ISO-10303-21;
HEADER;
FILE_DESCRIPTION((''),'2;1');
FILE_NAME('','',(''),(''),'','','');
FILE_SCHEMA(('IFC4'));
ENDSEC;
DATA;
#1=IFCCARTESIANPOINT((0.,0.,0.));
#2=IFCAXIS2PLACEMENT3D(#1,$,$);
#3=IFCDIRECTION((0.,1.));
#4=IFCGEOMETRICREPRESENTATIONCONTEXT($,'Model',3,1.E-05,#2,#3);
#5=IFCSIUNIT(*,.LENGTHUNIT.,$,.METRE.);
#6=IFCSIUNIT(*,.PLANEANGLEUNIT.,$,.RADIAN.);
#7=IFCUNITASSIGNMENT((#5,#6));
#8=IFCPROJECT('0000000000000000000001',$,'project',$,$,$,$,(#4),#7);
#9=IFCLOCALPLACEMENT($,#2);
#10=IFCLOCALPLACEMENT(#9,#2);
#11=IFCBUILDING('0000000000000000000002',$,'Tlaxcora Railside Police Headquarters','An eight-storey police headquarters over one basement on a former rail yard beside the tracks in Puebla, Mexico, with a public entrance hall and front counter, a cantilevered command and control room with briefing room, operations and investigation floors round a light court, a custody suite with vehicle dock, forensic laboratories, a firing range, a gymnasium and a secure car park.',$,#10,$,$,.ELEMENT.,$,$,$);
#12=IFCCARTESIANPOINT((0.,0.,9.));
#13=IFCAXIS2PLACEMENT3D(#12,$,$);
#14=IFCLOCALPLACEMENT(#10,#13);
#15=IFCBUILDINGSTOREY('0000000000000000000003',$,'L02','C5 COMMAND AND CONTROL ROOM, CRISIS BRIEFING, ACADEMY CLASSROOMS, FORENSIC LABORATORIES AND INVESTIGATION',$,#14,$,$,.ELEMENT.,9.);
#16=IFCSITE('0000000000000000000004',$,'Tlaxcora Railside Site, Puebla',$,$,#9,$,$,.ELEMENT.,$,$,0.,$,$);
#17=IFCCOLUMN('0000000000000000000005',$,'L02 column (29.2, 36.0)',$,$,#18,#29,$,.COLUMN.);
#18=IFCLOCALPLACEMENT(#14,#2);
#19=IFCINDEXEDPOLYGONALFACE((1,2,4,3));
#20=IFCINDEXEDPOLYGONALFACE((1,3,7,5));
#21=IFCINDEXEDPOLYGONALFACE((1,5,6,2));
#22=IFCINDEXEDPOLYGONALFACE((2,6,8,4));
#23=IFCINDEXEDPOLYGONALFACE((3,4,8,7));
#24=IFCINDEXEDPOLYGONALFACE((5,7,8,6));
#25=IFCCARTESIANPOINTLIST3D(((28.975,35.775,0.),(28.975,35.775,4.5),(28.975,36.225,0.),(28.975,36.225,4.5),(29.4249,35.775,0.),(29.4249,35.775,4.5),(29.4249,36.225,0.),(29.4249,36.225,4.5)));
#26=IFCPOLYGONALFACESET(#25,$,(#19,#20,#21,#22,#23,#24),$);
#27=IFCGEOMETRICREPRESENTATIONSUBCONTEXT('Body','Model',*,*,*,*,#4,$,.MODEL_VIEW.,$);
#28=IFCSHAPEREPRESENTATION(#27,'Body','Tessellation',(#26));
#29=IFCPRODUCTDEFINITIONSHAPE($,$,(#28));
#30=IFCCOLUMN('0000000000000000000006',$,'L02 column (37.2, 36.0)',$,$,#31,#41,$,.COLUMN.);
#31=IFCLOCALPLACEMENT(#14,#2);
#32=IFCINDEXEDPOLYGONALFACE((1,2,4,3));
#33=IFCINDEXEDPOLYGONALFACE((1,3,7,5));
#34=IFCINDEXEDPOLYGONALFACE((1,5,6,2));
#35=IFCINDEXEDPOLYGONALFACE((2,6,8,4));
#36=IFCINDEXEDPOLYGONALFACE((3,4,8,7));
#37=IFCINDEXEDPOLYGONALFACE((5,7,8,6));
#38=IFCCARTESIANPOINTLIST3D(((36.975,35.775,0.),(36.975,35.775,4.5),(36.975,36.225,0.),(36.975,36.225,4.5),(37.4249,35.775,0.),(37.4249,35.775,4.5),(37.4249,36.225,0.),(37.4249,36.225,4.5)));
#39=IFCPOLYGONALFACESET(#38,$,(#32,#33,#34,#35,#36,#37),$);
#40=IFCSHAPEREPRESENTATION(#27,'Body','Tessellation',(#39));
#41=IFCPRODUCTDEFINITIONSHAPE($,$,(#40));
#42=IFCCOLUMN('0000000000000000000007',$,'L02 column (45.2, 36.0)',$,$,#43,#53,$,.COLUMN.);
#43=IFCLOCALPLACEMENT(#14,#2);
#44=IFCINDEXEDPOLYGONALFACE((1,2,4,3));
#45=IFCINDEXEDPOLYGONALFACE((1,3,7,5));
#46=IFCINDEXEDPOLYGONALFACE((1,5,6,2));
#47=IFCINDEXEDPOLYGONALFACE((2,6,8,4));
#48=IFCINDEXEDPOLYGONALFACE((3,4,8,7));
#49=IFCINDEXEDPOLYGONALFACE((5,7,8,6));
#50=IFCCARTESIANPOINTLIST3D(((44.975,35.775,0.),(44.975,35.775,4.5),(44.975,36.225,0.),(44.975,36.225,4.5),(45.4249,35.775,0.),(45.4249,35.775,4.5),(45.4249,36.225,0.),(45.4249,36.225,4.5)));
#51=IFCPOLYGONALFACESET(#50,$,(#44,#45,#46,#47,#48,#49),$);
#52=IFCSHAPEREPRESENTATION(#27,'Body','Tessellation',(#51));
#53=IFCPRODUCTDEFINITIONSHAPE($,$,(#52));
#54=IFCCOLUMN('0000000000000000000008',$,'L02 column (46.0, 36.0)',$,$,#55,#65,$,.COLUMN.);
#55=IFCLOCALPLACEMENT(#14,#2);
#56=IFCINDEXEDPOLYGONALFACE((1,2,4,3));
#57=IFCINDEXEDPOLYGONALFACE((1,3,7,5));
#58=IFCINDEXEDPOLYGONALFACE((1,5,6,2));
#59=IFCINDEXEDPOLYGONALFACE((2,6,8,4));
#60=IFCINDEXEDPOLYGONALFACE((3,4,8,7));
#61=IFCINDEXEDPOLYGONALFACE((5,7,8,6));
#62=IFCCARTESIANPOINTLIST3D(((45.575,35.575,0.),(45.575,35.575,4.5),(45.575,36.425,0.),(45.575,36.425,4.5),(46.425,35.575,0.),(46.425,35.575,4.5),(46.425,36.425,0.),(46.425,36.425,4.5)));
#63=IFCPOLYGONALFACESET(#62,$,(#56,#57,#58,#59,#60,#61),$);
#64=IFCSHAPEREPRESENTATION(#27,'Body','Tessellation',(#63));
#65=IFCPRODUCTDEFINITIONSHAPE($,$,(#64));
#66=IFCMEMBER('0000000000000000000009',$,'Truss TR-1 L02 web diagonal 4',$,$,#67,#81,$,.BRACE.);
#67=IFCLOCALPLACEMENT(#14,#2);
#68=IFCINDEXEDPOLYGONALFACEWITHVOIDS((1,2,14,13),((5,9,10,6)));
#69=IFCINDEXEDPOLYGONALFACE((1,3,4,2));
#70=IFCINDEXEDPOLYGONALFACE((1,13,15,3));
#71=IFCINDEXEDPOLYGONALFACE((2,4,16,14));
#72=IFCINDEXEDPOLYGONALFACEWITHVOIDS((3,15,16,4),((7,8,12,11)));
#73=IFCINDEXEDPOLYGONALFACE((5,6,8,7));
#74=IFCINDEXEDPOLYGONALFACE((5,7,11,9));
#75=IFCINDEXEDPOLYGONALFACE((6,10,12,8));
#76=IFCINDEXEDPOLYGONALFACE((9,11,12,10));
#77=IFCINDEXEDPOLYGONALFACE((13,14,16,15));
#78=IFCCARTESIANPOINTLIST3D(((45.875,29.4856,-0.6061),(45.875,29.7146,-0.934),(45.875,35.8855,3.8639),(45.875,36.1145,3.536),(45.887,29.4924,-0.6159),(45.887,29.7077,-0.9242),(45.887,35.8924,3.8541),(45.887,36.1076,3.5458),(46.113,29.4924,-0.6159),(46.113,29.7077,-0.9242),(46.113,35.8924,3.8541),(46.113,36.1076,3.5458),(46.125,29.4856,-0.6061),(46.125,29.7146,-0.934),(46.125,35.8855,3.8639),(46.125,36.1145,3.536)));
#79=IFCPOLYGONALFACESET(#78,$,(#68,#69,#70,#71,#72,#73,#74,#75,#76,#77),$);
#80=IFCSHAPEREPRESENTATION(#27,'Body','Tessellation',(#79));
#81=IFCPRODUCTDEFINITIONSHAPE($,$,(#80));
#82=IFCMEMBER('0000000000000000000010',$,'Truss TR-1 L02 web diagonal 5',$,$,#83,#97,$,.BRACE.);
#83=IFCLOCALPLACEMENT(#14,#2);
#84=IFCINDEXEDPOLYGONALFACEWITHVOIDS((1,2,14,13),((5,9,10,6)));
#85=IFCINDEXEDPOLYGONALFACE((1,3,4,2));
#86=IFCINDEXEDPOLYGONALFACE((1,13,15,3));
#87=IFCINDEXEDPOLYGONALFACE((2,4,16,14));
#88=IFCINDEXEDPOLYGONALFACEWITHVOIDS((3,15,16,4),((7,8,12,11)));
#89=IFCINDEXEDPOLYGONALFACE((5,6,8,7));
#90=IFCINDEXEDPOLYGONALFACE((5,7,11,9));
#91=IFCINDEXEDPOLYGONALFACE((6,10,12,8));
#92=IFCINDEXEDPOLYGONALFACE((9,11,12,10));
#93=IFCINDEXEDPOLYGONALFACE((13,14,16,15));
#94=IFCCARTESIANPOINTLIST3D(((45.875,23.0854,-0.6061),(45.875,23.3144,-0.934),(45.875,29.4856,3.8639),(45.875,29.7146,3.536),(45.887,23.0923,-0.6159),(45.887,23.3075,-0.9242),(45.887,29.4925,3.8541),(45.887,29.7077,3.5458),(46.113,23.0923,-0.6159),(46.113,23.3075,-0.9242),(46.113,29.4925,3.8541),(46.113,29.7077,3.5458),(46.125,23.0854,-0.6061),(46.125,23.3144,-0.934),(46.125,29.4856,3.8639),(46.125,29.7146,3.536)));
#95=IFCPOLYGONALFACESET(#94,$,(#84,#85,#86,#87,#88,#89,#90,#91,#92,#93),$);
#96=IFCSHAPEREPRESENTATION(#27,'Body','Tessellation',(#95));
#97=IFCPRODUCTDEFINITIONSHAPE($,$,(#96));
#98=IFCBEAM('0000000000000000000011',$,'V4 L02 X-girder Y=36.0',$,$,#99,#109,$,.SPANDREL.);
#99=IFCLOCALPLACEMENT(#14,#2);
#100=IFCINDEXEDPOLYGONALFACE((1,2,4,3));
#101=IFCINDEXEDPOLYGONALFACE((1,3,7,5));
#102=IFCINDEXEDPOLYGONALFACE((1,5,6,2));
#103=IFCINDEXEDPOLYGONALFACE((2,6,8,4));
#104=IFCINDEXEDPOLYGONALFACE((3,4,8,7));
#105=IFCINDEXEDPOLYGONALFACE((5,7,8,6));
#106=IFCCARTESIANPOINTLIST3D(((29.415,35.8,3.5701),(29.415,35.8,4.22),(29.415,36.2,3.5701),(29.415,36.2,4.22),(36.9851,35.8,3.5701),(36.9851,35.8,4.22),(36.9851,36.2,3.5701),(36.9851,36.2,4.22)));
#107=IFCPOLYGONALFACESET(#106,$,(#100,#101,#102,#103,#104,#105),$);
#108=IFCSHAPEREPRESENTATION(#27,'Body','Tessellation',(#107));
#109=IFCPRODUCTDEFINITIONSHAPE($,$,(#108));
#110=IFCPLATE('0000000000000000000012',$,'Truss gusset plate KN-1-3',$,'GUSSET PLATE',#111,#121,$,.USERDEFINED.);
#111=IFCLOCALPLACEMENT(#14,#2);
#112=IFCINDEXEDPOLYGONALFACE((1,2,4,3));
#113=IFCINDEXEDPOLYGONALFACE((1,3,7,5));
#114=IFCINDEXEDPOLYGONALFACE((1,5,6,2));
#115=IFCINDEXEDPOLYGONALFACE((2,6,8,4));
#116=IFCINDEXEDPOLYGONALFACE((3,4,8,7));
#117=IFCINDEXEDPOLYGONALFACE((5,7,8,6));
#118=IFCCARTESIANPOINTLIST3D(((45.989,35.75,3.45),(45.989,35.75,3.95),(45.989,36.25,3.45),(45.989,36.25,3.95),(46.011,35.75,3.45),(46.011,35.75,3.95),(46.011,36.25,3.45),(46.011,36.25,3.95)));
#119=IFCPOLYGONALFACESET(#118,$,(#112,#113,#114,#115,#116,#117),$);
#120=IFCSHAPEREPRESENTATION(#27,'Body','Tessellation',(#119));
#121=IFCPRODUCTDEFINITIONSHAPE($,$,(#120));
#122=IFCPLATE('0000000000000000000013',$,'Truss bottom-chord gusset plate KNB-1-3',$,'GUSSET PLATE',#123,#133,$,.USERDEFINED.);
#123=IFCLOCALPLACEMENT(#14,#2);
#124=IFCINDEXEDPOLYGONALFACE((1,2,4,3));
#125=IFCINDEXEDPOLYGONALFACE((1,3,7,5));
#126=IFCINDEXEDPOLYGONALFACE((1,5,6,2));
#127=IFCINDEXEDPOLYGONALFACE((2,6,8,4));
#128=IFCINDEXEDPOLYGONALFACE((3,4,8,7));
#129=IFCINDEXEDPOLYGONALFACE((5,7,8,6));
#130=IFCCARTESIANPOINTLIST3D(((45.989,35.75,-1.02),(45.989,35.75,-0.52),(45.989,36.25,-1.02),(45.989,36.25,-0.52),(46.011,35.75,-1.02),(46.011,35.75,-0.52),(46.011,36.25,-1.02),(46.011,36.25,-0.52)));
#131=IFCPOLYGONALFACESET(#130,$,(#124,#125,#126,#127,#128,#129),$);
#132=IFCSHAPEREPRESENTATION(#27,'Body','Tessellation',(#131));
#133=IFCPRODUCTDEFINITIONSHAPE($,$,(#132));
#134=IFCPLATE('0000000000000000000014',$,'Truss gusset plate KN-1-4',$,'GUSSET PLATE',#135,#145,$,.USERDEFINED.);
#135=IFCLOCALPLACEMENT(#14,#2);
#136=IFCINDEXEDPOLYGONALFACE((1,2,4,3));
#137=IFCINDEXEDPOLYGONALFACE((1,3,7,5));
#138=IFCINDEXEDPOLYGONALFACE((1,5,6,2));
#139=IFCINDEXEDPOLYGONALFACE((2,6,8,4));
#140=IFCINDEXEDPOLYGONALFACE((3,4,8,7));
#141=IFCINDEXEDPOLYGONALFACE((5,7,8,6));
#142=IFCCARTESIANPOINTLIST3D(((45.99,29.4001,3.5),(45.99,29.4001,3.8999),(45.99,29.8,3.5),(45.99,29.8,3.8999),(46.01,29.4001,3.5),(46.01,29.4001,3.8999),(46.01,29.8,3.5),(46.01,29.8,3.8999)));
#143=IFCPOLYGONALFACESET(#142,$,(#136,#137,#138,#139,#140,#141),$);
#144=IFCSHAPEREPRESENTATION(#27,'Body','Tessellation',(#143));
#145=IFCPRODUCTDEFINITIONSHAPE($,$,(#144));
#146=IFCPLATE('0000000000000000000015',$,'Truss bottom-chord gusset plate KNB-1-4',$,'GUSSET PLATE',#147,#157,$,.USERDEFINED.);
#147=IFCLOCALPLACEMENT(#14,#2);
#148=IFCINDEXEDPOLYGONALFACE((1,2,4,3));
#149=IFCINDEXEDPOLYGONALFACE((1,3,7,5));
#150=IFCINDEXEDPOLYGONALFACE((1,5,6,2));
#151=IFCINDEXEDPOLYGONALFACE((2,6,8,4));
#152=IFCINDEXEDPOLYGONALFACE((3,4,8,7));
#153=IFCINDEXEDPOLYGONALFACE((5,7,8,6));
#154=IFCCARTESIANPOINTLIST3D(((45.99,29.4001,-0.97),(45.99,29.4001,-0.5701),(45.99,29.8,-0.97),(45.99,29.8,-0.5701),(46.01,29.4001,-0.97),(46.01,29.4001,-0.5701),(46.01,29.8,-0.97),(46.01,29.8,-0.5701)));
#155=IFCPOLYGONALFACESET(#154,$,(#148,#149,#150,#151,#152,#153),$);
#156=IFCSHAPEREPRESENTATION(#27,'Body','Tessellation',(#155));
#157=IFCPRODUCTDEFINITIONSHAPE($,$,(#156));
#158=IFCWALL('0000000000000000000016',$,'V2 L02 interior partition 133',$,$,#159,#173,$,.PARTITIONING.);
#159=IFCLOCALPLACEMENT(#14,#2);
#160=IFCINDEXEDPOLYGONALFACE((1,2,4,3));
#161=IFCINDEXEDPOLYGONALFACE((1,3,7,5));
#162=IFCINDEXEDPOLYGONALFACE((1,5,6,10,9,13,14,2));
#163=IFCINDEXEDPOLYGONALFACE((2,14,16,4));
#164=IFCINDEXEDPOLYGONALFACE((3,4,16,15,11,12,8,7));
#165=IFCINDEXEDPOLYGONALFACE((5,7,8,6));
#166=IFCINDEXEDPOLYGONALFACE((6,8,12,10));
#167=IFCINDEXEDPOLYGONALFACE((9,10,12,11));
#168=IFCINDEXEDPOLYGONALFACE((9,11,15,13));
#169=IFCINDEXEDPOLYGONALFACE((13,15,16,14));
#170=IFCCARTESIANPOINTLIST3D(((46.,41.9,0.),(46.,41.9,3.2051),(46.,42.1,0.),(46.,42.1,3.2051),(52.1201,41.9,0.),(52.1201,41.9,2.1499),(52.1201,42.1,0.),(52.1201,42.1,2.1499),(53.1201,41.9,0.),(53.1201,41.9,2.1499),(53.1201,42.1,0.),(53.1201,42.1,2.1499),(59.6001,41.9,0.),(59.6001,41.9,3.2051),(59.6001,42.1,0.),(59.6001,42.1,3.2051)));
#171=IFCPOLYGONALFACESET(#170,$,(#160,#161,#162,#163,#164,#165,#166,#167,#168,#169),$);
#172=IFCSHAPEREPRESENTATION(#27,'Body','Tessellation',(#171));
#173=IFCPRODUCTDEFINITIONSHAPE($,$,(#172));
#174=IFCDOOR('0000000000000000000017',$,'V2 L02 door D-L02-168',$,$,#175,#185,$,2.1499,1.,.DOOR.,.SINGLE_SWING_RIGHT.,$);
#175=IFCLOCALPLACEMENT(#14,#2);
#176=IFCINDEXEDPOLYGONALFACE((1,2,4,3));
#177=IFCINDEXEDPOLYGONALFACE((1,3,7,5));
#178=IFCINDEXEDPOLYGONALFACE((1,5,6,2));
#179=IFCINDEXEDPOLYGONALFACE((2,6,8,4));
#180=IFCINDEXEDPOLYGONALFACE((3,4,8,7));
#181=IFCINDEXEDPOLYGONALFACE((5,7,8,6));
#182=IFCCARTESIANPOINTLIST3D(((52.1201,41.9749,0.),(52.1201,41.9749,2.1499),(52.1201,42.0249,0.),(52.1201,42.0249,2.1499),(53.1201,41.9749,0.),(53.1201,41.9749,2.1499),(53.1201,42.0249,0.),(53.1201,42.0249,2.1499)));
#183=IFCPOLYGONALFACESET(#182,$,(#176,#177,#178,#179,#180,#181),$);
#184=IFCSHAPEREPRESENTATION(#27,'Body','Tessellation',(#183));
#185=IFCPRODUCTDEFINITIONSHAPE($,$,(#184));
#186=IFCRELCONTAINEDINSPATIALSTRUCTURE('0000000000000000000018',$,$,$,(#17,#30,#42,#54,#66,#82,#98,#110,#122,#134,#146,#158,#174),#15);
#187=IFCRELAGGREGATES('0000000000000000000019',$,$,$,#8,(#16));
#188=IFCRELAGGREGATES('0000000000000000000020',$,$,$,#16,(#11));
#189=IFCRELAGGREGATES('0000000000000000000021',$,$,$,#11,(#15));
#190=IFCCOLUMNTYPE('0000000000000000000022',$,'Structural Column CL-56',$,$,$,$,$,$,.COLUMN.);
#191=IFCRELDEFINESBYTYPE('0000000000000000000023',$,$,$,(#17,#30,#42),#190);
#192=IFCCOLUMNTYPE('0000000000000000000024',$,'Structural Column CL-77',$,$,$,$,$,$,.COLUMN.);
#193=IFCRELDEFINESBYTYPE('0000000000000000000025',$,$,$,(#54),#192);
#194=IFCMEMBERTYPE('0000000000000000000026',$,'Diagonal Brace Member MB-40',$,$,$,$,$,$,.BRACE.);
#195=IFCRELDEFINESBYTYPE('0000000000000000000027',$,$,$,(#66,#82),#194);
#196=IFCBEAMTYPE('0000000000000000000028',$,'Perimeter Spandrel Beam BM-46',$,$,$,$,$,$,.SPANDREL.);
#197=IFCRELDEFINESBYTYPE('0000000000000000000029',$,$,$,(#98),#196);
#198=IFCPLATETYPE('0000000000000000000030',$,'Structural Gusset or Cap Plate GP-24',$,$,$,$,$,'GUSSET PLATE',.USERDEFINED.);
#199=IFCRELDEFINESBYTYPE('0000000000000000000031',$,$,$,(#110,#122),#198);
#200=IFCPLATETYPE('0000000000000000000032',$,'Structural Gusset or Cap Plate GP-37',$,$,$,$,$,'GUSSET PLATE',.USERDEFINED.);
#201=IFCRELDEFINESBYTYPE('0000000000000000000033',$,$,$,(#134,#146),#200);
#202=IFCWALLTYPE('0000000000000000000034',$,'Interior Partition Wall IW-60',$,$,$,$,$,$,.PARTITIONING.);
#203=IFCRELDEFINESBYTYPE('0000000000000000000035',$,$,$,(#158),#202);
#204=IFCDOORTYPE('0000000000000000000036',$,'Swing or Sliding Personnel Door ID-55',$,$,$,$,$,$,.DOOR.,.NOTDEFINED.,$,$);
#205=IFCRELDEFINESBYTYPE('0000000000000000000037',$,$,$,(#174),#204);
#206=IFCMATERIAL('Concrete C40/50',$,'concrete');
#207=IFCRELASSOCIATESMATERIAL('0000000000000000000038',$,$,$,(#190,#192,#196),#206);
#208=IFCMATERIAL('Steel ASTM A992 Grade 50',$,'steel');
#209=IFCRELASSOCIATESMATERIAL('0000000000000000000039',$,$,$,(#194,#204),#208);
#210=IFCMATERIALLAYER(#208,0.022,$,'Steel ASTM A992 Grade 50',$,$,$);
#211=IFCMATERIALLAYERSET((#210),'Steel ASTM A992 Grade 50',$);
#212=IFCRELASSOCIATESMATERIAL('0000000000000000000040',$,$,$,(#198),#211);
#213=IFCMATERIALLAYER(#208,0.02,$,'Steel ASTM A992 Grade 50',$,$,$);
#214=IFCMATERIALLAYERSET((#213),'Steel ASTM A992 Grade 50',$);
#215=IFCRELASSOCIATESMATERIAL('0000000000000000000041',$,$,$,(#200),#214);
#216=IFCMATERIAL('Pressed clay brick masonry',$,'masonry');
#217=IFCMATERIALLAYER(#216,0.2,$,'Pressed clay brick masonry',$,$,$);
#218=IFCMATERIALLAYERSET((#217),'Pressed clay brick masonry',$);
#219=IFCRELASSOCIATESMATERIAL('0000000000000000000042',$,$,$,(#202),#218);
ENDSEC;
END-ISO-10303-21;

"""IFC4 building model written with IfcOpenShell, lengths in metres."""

from ifc_helpers import new_model, si_unit, direction, frame, frame_2d, origin, origin_2d, place, context, subcontext, project, spatial, rectangle, hollow_rectangle, extrude, material, layer, layer_set, material_profile, profile_set, type_object, element, fill, save


model = new_model("IFC4")

# Units and contexts
model_context = context("Model", 3, precision=1e-05, world=origin(), true_north=direction((0.0, 1.0)))
body_context = subcontext(model_context, "Body", "Model", "MODEL_VIEW")
ifc_project = project(units=[si_unit("LENGTHUNIT", "METRE"), si_unit("PLANEANGLEUNIT", "RADIAN")], contexts=[model_context])

# Site, building, storey
site_placement = place(None, origin())
site = spatial("IfcSite", under=ifc_project, at=site_placement, Name="Tlaxcora Railside Site, Puebla", CompositionType="ELEMENT", RefElevation=0.0)
building_placement = place(site_placement, origin())
building = spatial("IfcBuilding", under=site, at=building_placement, Name="Tlaxcora Railside Police Headquarters", Description="An eight-storey police headquarters over one basement on a former rail yard beside the tracks in Puebla, Mexico, with a public entrance hall and front counter, a cantilevered command and control room with briefing room, operations and investigation floors round a light court, a custody suite with vehicle dock, forensic laboratories, a firing range, a gymnasium and a secure car park.", CompositionType="ELEMENT")
storey_placement = place(building_placement, frame((0.0, 0.0, 9.0)))
storey = spatial("IfcBuildingStorey", under=building, at=storey_placement, Name="L02", Description="C5 COMMAND AND CONTROL ROOM, CRISIS BRIEFING, ACADEMY CLASSROOMS, FORENSIC LABORATORIES AND INVESTIGATION", CompositionType="ELEMENT", Elevation=9.0)

# Columns
ifc_material_1 = material(Name="Concrete C40/50", Category="concrete")
ifc_material_profile_1 = material_profile(ifc_material_1, rectangle(XDim=0.45, YDim=0.45, at=origin_2d()), Name="RC450X450")
ifc_profile_set_1 = profile_set([ifc_material_profile_1], Name="Concrete C40/50")
column_type_1 = type_object("IfcColumnType", Name="Structural Column CL-56", PredefinedType="COLUMN", material=ifc_profile_set_1)
for number, where, z_axis, x_axis, name in (
    (1, (29.2, 36.0, 0.0), (0.0, 0.0, 1.0), (1.0, 0.0, 0.0), "L02 column (29.2, 36.0)"),
    (2, (37.2, 36.0, 0.0), (0.0, 0.0, 1.0), (1.0, 0.0, 0.0), "L02 column (37.2, 36.0)"),
    (3, (45.2, 36.0, 0.0), (0.0, 0.0, 1.0), (1.0, 0.0, 0.0), "L02 column (45.2, 36.0)"),
):
    element("IfcColumn", number, at=place(storey_placement, frame(where, z_axis=z_axis, x_axis=x_axis)), inside=storey, type_object=column_type_1, Name=name, PredefinedType="COLUMN", context=body_context, shape_type="SweptSolid", body=[
        extrude(rectangle(XDim=0.45, YDim=0.45, at=origin_2d()), origin(), (0.0, 0.0, 1.0), 4.5),
    ])
ifc_material_profile_2 = material_profile(ifc_material_1, rectangle(XDim=0.8501, YDim=0.8501, at=origin_2d()), Name="RC850X850")
ifc_profile_set_2 = profile_set([ifc_material_profile_2], Name="Concrete C40/50")
column_type_2 = type_object("IfcColumnType", Name="Structural Column CL-77", PredefinedType="COLUMN", material=ifc_profile_set_2)
column_placement = place(storey_placement, frame((46.0, 36.0, 0.0), z_axis=(0.0, 0.0, 1.0), x_axis=(1.0, 0.0, 0.0)))
element("IfcColumn", 4, at=column_placement, inside=storey, type_object=column_type_2, Name="L02 column (46.0, 36.0)", PredefinedType="COLUMN", context=body_context, shape_type="SweptSolid", body=[
    extrude(rectangle(XDim=0.8501, YDim=0.8501, at=origin_2d()), origin(), (0.0, 0.0, 1.0), 4.5),
])

# Members
ifc_material_2 = material(Name="Steel ASTM A992 Grade 50", Category="steel")
ifc_material_profile_3 = material_profile(ifc_material_2, hollow_rectangle(XDim=0.25, YDim=0.3999, WallThickness=0.012, at=origin_2d()), Name="HSS400X250X12")
ifc_profile_set_3 = profile_set([ifc_material_profile_3], Name="Steel ASTM A992 Grade 50")
member_type = type_object("IfcMemberType", Name="Diagonal Brace Member MB-40", PredefinedType="BRACE", material=ifc_profile_set_3)
member_1_placement = place(storey_placement, frame((46.0, 36.0, 3.7), z_axis=(0.0, -0.819831, -0.572606), x_axis=(1.0, 0.0, 0.0)))
element("IfcMember", 5, at=member_1_placement, inside=storey, type_object=member_type, Name="Truss TR-1 L02 web diagonal 4", PredefinedType="BRACE", context=body_context, shape_type="SweptSolid", body=[
    extrude(hollow_rectangle(XDim=0.25, YDim=0.3999, WallThickness=0.012, at=origin_2d()), origin(), (0.0, 0.0, 1.0), 7.8064),
])
member_2_placement = place(storey_placement, frame((46.0, 29.6001, 3.7), z_axis=(0.0, -0.819841, -0.572591), x_axis=(1.0, 0.0, 0.0)))
element("IfcMember", 6, at=member_2_placement, inside=storey, type_object=member_type, Name="Truss TR-1 L02 web diagonal 5", PredefinedType="BRACE", context=body_context, shape_type="SweptSolid", body=[
    extrude(hollow_rectangle(XDim=0.25, YDim=0.3999, WallThickness=0.012, at=origin_2d()), origin(), (0.0, 0.0, 1.0), 7.8066),
])

# Beam
ifc_material_profile_4 = material_profile(ifc_material_1, rectangle(XDim=0.3999, YDim=0.6499, at=origin_2d()), Name="RC400X650")
ifc_profile_set_4 = profile_set([ifc_material_profile_4], Name="Concrete C40/50")
beam_type = type_object("IfcBeamType", Name="Perimeter Spandrel Beam BM-46", PredefinedType="SPANDREL", material=ifc_profile_set_4)
beam_placement = place(storey_placement, frame((29.415, 36.0, 3.895), z_axis=(1.0, 0.0, 0.0), x_axis=(0.0, 1.0, 0.0)))
element("IfcBeam", 7, at=beam_placement, inside=storey, type_object=beam_type, Name="V4 L02 X-girder Y=36.0", PredefinedType="SPANDREL", context=body_context, shape_type="SweptSolid", body=[
    extrude(rectangle(XDim=0.3999, YDim=0.6499, at=origin_2d()), origin(), (0.0, 0.0, 1.0), 7.5701),
])

# Plates
ifc_layer_1 = layer(ifc_material_2, 0.022, Name="Steel ASTM A992 Grade 50")
ifc_layer_set_1 = layer_set([ifc_layer_1], Name="Steel ASTM A992 Grade 50")
plate_type_1 = type_object("IfcPlateType", Name="Structural Gusset or Cap Plate GP-24", ElementType="GUSSET PLATE", PredefinedType="USERDEFINED", material=ifc_layer_set_1)
for number, where, z_axis, x_axis, name in (
    (8, (46.0, 36.0, 3.45), (0.0, 0.0, 1.0), (0.0, 1.0, 0.0), "Truss gusset plate KN-1-3"),
    (9, (46.0, 36.0, -1.02), (0.0, 0.0, 1.0), (0.0, 1.0, 0.0), "Truss bottom-chord gusset plate KNB-1-3"),
):
    element("IfcPlate", number, at=place(storey_placement, frame(where, z_axis=z_axis, x_axis=x_axis)), inside=storey, type_object=plate_type_1, Name=name, ObjectType="GUSSET PLATE", PredefinedType="USERDEFINED", context=body_context, shape_type="SweptSolid", body=[
        extrude(rectangle(XDim=0.5, YDim=0.022, at=origin_2d()), origin(), (0.0, 0.0, 1.0), 0.5),
    ])
ifc_layer_2 = layer(ifc_material_2, 0.02, Name="Steel ASTM A992 Grade 50")
ifc_layer_set_2 = layer_set([ifc_layer_2], Name="Steel ASTM A992 Grade 50")
plate_type_2 = type_object("IfcPlateType", Name="Structural Gusset or Cap Plate GP-37", ElementType="GUSSET PLATE", PredefinedType="USERDEFINED", material=ifc_layer_set_2)
for number, where, z_axis, x_axis, name in (
    (10, (46.0, 29.6001, 3.5), (0.0, 0.0, 1.0), (0.0, 1.0, 0.0), "Truss gusset plate KN-1-4"),
    (11, (46.0, 29.6001, -0.97), (0.0, 0.0, 1.0), (0.0, 1.0, 0.0), "Truss bottom-chord gusset plate KNB-1-4"),
):
    element("IfcPlate", number, at=place(storey_placement, frame(where, z_axis=z_axis, x_axis=x_axis)), inside=storey, type_object=plate_type_2, Name=name, ObjectType="GUSSET PLATE", PredefinedType="USERDEFINED", context=body_context, shape_type="SweptSolid", body=[
        extrude(rectangle(XDim=0.3999, YDim=0.02, at=origin_2d()), origin(), (0.0, 0.0, 1.0), 0.3999),
    ])

# Wall, opening, door
ifc_material_3 = material(Name="Pressed clay brick masonry", Category="masonry")
ifc_layer_3 = layer(ifc_material_3, 0.2, Name="Pressed clay brick masonry")
ifc_layer_set_3 = layer_set([ifc_layer_3], Name="Pressed clay brick masonry")
wall_type_1 = type_object("IfcWallType", Name="Interior Partition Wall IW-60", PredefinedType="PARTITIONING", material=ifc_layer_set_3)
wall_1_placement = place(storey_placement, frame((46.0, 42.0, 0.0), z_axis=(0.0, 0.0, 1.0), x_axis=(1.0, 0.0, 0.0)))
wall_1 = element("IfcWall", 12, at=wall_1_placement, inside=storey, type_object=wall_type_1, Name="V2 L02 interior partition 133", PredefinedType="PARTITIONING", context=body_context, shape_type="SweptSolid", body=[
    extrude(rectangle(XDim=13.6001, YDim=0.2, at=frame_2d((6.8, 0.0))), origin(), (0.0, 0.0, 1.0), 3.2051),
])
opening_1_placement = place(wall_1_placement, frame((6.1201, 0.0, 0.0)))
opening_1 = element("IfcOpeningElement", 13, at=opening_1_placement, cuts=wall_1, PredefinedType="OPENING", context=body_context, shape_type="SweptSolid", body=[
    extrude(rectangle(XDim=1.0, YDim=2.1499, at=frame_2d((0.5, 1.075))), frame((0.0, 0.1099, 0.0), z_axis=(0.0, -1.0, 0.0), x_axis=(1.0, 0.0, 0.0)), (0.0, 0.0, 1.0), 0.22),
])
door_type = type_object("IfcDoorType", Name="Swing or Sliding Personnel Door ID-55", OperationType="NOTDEFINED", PredefinedType="DOOR", material=ifc_material_2)
door_placement = place(opening_1_placement, origin())
door = element("IfcDoor", 14, at=door_placement, inside=storey, type_object=door_type, Name="V2 L02 door D-L02-168", OperationType="SINGLE_SWING_RIGHT", OverallHeight=2.1499, OverallWidth=1.0, PredefinedType="DOOR", context=body_context, shape_type="SweptSolid", body=[
    extrude(rectangle(XDim=1.0, YDim=2.1499, at=frame_2d((0.5, 1.075))), frame((0.0, 0.0249, 0.0), z_axis=(0.0, -1.0, 0.0), x_axis=(1.0, 0.0, 0.0)), (0.0, 0.0, 1.0), 0.05),
])
fill(opening_1, door)

save(model, "model.ifc")
